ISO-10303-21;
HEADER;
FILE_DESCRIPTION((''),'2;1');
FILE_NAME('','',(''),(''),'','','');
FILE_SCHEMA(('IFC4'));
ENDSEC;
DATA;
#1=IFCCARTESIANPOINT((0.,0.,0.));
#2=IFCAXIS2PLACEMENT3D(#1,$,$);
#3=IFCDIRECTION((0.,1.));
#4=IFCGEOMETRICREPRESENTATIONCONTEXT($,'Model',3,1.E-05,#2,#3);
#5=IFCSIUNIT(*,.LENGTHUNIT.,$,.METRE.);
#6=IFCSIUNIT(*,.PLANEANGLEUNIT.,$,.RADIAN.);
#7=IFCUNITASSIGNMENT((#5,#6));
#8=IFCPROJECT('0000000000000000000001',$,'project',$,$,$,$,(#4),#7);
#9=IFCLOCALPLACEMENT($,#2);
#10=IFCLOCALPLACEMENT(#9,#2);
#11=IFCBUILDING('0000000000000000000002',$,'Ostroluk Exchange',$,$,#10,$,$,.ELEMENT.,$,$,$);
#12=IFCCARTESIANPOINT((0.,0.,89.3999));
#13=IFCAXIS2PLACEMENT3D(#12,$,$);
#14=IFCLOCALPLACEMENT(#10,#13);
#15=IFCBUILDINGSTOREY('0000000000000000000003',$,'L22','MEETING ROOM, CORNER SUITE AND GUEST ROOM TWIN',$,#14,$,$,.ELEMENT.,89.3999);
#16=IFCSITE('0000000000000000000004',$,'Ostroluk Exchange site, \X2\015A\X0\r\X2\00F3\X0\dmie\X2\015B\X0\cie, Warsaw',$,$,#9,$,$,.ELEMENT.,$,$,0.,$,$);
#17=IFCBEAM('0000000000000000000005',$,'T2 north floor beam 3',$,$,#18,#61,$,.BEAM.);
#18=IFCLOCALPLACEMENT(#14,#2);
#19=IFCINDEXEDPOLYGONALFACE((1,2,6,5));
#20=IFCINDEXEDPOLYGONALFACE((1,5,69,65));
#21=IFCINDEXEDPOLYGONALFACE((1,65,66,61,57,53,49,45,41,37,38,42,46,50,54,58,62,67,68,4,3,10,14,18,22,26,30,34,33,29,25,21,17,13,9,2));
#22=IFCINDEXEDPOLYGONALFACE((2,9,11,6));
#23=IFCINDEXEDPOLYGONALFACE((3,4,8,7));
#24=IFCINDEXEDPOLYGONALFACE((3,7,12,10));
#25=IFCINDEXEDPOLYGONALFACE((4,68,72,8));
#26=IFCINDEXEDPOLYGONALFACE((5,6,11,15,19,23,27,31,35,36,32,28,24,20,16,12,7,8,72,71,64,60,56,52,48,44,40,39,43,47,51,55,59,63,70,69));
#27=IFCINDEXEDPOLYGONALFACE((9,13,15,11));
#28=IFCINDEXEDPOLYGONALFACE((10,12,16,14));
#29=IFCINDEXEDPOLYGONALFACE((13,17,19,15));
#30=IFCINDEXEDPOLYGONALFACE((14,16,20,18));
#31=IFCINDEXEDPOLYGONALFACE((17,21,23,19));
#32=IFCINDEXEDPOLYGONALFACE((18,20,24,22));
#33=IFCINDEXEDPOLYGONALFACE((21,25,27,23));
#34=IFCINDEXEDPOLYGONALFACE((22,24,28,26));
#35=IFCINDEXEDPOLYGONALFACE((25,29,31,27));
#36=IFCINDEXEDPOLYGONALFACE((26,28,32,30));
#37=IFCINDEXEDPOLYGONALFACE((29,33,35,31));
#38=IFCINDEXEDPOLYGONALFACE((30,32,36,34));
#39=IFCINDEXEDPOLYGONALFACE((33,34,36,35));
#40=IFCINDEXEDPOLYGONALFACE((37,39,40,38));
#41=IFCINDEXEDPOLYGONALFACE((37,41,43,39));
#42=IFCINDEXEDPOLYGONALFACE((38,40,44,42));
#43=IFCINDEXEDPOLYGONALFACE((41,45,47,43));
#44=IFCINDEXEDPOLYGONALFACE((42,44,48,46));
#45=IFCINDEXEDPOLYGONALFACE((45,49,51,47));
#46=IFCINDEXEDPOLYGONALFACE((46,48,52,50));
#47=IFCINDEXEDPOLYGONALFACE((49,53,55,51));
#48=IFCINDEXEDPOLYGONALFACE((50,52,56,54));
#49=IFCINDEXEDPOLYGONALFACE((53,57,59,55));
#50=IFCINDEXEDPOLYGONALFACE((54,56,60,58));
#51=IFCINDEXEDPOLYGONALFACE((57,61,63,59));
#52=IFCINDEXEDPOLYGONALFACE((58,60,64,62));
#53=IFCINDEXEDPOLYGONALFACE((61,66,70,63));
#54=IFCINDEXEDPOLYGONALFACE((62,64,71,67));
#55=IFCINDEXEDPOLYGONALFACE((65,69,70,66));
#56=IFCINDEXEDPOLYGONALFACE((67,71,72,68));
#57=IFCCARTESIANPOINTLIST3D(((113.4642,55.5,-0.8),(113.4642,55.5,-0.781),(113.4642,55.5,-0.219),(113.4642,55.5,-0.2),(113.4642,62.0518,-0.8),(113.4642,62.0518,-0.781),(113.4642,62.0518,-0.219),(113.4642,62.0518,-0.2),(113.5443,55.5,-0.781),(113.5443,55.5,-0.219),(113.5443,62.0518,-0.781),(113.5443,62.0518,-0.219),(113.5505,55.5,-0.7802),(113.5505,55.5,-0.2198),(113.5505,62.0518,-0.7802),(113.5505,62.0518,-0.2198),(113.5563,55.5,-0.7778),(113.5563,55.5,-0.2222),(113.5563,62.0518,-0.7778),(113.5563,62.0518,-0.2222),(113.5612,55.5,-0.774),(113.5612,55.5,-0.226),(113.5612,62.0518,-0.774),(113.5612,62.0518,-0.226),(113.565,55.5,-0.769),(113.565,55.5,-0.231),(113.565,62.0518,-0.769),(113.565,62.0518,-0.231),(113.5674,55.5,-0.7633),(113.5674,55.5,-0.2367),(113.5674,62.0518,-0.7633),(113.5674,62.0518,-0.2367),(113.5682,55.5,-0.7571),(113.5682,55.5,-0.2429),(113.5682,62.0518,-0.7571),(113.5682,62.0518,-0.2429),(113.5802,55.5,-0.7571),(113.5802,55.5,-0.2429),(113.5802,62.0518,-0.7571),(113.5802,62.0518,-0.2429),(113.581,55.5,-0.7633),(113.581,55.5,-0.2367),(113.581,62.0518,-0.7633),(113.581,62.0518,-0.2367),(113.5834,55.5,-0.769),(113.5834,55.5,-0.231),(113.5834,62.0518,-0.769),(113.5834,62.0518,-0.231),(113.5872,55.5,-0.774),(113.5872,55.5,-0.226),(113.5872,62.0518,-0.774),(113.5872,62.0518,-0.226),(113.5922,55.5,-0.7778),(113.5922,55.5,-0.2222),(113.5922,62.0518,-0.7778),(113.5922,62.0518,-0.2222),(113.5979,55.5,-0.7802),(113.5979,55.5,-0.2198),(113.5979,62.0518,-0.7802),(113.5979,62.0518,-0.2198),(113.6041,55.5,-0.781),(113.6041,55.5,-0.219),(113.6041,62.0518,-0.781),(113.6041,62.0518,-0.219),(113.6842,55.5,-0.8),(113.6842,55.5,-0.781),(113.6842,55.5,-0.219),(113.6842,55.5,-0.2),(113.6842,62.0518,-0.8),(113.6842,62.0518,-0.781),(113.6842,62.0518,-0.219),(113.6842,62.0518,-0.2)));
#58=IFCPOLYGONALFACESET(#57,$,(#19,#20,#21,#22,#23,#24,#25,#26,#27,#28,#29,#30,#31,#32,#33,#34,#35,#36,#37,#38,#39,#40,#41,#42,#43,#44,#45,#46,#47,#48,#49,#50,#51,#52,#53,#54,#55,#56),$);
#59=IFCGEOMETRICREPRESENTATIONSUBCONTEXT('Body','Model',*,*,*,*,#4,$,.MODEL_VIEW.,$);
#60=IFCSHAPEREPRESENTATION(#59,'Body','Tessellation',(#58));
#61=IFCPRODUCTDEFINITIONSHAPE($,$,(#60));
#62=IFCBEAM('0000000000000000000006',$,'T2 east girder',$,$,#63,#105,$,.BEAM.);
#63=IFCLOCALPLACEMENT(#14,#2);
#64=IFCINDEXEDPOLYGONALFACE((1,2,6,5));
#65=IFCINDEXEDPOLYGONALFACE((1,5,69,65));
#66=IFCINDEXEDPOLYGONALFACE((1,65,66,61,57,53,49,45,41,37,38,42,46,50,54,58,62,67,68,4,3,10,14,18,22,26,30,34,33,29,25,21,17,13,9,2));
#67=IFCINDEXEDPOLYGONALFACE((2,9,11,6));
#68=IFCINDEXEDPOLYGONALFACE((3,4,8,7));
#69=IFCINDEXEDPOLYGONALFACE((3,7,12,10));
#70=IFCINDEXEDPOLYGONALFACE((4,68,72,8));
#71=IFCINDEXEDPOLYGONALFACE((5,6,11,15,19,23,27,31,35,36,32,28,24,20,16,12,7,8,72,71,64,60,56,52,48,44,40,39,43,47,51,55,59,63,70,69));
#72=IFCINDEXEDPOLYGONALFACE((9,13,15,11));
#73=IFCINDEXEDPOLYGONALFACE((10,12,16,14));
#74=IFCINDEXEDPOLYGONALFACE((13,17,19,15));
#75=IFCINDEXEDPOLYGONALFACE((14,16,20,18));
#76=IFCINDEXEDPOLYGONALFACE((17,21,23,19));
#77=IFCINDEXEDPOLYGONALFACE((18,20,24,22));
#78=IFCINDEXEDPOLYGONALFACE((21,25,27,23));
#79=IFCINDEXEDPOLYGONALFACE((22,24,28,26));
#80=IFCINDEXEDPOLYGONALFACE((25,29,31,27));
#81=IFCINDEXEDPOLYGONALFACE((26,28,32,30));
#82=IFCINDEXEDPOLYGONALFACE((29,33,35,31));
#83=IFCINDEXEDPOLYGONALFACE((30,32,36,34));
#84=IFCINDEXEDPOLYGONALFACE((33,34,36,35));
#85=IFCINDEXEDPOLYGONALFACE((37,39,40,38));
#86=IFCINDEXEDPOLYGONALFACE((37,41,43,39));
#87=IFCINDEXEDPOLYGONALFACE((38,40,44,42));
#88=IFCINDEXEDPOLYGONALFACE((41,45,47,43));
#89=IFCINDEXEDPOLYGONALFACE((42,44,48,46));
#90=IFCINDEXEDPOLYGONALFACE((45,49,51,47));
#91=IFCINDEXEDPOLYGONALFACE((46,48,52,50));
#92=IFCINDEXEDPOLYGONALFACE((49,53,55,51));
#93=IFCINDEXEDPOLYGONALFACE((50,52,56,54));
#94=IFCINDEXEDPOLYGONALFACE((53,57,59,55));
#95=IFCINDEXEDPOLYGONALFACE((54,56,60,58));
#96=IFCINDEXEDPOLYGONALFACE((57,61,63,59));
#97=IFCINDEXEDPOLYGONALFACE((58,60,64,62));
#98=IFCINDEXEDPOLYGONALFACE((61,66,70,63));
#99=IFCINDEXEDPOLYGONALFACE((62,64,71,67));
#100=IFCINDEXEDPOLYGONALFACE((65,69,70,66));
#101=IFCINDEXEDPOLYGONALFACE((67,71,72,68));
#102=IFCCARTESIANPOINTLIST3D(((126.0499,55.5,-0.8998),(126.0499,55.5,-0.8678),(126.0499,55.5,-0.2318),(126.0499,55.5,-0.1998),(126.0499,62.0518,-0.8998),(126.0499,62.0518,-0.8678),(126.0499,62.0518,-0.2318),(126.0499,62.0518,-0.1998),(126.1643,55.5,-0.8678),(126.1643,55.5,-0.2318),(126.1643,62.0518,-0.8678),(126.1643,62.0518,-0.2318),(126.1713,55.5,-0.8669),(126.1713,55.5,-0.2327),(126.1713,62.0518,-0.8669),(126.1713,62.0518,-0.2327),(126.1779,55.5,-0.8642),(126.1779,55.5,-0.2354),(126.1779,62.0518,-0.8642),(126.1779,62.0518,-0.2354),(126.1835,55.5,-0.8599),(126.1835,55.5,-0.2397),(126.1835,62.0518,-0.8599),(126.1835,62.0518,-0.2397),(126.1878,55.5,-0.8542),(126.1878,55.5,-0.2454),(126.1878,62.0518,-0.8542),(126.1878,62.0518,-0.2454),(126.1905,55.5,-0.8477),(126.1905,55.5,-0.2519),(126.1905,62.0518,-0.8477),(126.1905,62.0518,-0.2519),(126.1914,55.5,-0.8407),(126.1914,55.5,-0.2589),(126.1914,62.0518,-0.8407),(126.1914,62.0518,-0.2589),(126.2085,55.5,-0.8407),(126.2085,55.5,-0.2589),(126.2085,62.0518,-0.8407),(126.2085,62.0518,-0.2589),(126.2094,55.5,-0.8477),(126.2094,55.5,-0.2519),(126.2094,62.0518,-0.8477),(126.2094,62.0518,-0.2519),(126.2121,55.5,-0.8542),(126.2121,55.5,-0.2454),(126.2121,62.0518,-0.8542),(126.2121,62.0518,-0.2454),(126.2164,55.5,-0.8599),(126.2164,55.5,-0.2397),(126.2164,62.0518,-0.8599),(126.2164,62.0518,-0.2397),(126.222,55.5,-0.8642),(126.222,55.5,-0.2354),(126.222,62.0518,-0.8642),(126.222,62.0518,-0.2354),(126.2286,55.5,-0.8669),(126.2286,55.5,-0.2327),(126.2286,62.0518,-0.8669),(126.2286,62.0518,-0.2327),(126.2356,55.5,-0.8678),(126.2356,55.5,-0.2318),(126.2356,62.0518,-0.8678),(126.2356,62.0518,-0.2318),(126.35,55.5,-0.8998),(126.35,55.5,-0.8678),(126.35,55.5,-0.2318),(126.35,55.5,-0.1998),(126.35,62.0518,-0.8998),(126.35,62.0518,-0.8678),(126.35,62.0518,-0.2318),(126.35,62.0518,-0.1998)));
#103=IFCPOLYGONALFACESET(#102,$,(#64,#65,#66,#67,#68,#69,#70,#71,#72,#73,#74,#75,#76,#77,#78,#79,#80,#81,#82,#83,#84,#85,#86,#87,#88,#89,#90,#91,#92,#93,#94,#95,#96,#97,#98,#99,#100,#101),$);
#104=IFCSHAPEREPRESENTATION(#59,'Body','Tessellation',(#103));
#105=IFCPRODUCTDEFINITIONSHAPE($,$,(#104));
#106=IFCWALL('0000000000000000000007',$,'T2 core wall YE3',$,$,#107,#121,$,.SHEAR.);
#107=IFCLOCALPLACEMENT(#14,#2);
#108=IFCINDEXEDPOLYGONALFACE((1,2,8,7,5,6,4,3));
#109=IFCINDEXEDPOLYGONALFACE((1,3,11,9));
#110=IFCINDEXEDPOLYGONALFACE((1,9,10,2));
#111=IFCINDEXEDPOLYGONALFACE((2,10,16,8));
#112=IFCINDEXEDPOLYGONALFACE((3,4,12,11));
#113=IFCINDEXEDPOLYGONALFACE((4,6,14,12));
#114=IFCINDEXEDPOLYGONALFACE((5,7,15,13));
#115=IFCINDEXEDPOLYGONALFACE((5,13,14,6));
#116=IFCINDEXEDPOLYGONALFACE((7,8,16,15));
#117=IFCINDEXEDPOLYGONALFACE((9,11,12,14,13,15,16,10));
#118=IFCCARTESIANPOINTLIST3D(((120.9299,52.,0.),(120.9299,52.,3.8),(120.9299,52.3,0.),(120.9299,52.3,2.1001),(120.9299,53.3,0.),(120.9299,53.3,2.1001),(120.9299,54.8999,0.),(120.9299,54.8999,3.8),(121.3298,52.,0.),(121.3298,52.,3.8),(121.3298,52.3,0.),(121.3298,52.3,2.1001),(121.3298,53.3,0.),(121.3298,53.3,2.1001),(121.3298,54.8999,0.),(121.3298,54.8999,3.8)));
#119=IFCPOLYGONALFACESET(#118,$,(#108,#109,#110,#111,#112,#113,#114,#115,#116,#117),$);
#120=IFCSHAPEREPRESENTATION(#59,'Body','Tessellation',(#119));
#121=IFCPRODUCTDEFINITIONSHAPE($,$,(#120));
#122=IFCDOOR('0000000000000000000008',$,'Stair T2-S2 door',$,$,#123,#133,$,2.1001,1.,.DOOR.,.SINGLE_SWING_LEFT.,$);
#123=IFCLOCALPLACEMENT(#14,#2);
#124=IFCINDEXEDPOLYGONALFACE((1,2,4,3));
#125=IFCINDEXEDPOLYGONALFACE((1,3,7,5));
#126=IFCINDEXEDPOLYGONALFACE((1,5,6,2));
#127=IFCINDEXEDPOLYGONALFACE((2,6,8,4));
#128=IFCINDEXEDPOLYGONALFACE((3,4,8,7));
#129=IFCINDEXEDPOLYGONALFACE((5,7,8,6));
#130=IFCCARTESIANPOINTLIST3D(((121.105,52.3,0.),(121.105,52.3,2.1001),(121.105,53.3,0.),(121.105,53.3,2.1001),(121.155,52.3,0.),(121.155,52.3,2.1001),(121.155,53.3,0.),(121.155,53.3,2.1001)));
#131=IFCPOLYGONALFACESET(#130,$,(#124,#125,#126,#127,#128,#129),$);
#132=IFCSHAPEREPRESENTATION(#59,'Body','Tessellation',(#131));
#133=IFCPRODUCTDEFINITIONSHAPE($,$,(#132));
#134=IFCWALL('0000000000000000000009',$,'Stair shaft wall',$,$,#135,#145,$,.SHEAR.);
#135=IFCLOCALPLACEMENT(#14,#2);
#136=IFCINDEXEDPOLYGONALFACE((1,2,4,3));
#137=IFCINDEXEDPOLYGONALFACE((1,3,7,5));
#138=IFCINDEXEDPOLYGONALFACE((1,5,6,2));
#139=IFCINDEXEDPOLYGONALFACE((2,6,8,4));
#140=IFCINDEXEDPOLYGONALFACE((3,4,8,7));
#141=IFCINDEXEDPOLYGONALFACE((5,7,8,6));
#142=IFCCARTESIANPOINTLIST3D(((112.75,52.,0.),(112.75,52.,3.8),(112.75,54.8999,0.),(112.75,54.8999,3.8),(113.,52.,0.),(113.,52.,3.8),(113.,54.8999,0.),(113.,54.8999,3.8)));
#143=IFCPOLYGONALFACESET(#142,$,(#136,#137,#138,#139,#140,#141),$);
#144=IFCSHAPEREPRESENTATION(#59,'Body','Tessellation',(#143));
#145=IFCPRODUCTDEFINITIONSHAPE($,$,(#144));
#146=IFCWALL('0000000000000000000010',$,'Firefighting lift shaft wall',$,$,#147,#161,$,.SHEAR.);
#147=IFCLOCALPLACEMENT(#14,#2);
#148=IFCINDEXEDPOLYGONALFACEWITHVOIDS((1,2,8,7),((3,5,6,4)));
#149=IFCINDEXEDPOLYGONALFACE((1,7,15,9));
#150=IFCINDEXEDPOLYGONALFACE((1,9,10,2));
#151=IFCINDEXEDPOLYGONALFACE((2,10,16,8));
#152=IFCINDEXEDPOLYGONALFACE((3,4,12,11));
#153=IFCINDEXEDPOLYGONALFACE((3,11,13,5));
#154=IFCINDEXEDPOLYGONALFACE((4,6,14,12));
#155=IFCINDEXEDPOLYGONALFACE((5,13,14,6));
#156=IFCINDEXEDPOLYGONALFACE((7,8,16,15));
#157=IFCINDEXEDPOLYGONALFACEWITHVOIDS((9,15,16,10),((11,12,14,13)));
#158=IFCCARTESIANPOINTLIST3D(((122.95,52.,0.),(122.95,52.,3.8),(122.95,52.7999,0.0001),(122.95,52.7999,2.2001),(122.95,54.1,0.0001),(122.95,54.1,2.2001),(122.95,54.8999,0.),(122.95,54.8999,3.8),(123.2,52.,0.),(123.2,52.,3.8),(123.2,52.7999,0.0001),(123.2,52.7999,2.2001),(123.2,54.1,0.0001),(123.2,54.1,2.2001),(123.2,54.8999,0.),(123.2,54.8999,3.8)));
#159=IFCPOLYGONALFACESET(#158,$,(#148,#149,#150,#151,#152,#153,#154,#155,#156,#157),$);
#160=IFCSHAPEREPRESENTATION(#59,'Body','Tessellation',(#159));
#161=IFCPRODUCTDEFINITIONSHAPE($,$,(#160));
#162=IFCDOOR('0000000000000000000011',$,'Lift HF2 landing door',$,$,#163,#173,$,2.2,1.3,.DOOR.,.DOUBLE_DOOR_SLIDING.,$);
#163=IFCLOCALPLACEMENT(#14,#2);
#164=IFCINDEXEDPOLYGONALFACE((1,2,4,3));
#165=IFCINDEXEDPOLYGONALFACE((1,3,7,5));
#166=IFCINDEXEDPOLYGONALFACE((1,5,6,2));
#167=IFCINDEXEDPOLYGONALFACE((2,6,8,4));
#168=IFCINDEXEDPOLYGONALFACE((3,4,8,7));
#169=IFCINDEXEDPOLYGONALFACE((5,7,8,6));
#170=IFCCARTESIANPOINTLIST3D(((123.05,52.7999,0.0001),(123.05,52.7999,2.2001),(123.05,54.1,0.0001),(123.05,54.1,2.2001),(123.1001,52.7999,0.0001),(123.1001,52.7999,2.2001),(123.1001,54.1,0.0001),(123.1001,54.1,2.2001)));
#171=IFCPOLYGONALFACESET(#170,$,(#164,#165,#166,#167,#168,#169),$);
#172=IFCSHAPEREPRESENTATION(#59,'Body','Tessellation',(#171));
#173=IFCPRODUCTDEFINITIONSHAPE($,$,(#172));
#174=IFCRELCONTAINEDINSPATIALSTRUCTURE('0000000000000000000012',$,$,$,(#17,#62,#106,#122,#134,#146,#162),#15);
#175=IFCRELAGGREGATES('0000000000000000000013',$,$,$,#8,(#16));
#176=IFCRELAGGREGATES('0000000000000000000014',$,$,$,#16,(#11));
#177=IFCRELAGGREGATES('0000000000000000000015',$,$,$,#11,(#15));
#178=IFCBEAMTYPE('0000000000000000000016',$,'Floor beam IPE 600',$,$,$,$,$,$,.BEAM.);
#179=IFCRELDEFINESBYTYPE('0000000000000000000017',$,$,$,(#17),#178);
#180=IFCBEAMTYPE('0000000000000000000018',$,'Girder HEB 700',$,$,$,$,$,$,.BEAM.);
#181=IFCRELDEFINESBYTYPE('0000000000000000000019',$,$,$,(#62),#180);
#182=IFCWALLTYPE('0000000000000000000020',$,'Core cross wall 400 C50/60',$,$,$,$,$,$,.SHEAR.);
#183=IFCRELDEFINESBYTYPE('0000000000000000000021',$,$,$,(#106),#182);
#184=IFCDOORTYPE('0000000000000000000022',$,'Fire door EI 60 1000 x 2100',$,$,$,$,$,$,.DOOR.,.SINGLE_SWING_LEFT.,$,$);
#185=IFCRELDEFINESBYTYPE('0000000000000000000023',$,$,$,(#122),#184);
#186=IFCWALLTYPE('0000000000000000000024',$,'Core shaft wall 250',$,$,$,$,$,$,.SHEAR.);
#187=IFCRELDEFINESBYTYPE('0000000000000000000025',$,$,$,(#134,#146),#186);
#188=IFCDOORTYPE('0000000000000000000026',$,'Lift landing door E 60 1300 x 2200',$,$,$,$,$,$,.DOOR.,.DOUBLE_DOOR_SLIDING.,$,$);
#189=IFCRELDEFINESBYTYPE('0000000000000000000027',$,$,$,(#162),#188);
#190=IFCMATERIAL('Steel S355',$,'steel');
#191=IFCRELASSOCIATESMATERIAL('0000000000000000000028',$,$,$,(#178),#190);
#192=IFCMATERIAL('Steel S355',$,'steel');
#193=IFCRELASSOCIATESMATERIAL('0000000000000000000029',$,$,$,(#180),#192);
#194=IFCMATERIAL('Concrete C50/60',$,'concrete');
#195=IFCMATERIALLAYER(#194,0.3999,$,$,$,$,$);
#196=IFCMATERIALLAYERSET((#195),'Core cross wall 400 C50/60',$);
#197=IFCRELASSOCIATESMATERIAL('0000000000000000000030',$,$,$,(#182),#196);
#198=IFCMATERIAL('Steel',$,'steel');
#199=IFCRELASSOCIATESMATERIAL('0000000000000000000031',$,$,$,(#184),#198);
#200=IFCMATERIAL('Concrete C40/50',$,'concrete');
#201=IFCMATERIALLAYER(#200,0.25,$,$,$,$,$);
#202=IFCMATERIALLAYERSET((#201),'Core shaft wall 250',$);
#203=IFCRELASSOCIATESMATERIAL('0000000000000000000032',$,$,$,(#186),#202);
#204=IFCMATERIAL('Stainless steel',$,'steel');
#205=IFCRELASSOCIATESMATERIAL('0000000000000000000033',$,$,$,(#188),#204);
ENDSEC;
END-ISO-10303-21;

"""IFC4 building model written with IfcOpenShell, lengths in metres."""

from ifc_helpers import new_model, si_unit, direction, frame, frame_2d, origin, origin_2d, place, context, subcontext, project, spatial, rectangle, i_section, extrude, material, layer, layer_set, material_profile, profile_set, type_object, element, fill, save


model = new_model("IFC4")

# Units and contexts
model_context = context("Model", 3, precision=1e-05, world=origin(), true_north=direction((0.0, 1.0)))
body_context = subcontext(model_context, "Body", "Model", "MODEL_VIEW")
ifc_project = project(units=[si_unit("LENGTHUNIT", "METRE"), si_unit("PLANEANGLEUNIT", "RADIAN")], contexts=[model_context])

# Site, building, storey
site_placement = place(None, origin())
site = spatial("IfcSite", under=ifc_project, at=site_placement, Name="Ostroluk Exchange site, Śródmieście, Warsaw", CompositionType="ELEMENT", RefElevation=0.0)
building_placement = place(site_placement, origin())
building = spatial("IfcBuilding", under=site, at=building_placement, Name="Ostroluk Exchange", CompositionType="ELEMENT")
storey_placement = place(building_placement, frame((0.0, 0.0, 89.3999)))
storey = spatial("IfcBuildingStorey", under=building, at=storey_placement, Name="L22", Description="MEETING ROOM, CORNER SUITE AND GUEST ROOM TWIN", CompositionType="ELEMENT", Elevation=89.3999)

# Beams
ifc_material_1 = material(Name="Steel S355", Category="steel")
ifc_material_profile_1 = material_profile(ifc_material_1, i_section(OverallWidth=0.22, OverallDepth=0.6001, WebThickness=0.012, FlangeThickness=0.019, FilletRadius=0.0239, at=origin_2d()), Name="IPE 600")
ifc_profile_set_1 = profile_set([ifc_material_profile_1], Name="Steel S355")
beam_type_1 = type_object("IfcBeamType", Name="Floor beam IPE 600", PredefinedType="BEAM", material=ifc_profile_set_1)
for number, where, z_axis, x_axis, name in (
    (1, (113.5742, 55.5, -0.5), (0.0, 1.0, 0.0), (-1.0, 0.0, 0.0), "T2 north floor beam 3"),
):
    element("IfcBeam", number, at=place(storey_placement, frame(where, z_axis=z_axis, x_axis=x_axis)), inside=storey, type_object=beam_type_1, Name=name, PredefinedType="BEAM", context=body_context, shape_type="SweptSolid", body=[
        extrude(i_section(OverallWidth=0.22, OverallDepth=0.6001, WebThickness=0.012, FlangeThickness=0.019, FilletRadius=0.0239, at=origin_2d()), origin(), (0.0, 0.0, 1.0), 6.5518),
    ])
ifc_material_2 = material(Name="Steel S355", Category="steel")
ifc_material_profile_2 = material_profile(ifc_material_2, i_section(OverallWidth=0.3, OverallDepth=0.7, WebThickness=0.0171, FlangeThickness=0.032, FilletRadius=0.0271, at=origin_2d()), Name="HEB 700")
ifc_profile_set_2 = profile_set([ifc_material_profile_2], Name="Steel S355")
beam_type_2 = type_object("IfcBeamType", Name="Girder HEB 700", PredefinedType="BEAM", material=ifc_profile_set_2)
beam_placement = place(storey_placement, frame((126.2, 55.5, -0.5498), z_axis=(0.0, 1.0, 0.0), x_axis=(-1.0, 0.0, 0.0)))
element("IfcBeam", 2, at=beam_placement, inside=storey, type_object=beam_type_2, Name="T2 east girder", PredefinedType="BEAM", context=body_context, shape_type="SweptSolid", body=[
    extrude(i_section(OverallWidth=0.3, OverallDepth=0.7, WebThickness=0.0171, FlangeThickness=0.032, FilletRadius=0.0271, at=origin_2d()), origin(), (0.0, 0.0, 1.0), 6.5518),
])

# Wall, opening, door
ifc_material_3 = material(Name="Concrete C50/60", Category="concrete")
ifc_layer_1 = layer(ifc_material_3, 0.3999)
ifc_layer_set_1 = layer_set([ifc_layer_1], Name="Core cross wall 400 C50/60")
wall_type_1 = type_object("IfcWallType", Name="Core cross wall 400 C50/60", PredefinedType="SHEAR", material=ifc_layer_set_1)
wall_1_placement = place(storey_placement, frame((121.1299, 52.0, 0.0), z_axis=(0.0, 0.0, 1.0), x_axis=(0.0, 1.0, 0.0)))
wall_1 = element("IfcWall", 3, at=wall_1_placement, inside=storey, type_object=wall_type_1, Name="T2 core wall YE3", PredefinedType="SHEAR", context=body_context, shape_type="SweptSolid", body=[
    extrude(rectangle(XDim=2.8999, YDim=0.3999, at=frame_2d((1.45, 0.0))), origin(), (0.0, 0.0, 1.0), 3.8),
])
opening_1_placement = place(wall_1_placement, frame((0.3, 0.0, 0.0)))
opening_1 = element("IfcOpeningElement", 4, at=opening_1_placement, cuts=wall_1, PredefinedType="OPENING", context=body_context, shape_type="SweptSolid", body=[
    extrude(rectangle(XDim=1.0, YDim=2.1001, at=frame_2d((0.5, 1.05))), frame((0.0, 0.21, 0.0), z_axis=(0.0, -1.0, 0.0), x_axis=(1.0, 0.0, 0.0)), (0.0, 0.0, 1.0), 0.4199),
])
ifc_material_4 = material(Name="Steel", Category="steel")
door_type_1 = type_object("IfcDoorType", Name="Fire door EI 60 1000 x 2100", OperationType="SINGLE_SWING_LEFT", PredefinedType="DOOR", material=ifc_material_4)
door_1_placement = place(opening_1_placement, origin())
door_1 = element("IfcDoor", 5, at=door_1_placement, inside=storey, type_object=door_type_1, Name="Stair T2-S2 door", OperationType="SINGLE_SWING_LEFT", OverallHeight=2.1001, OverallWidth=1.0, PredefinedType="DOOR", context=body_context, shape_type="SweptSolid", body=[
    extrude(rectangle(XDim=1.0, YDim=2.1001, at=frame_2d((0.5, 1.05))), frame((0.0, 0.0249, 0.0), z_axis=(0.0, -1.0, 0.0), x_axis=(1.0, 0.0, 0.0)), (0.0, 0.0, 1.0), 0.05),
])
fill(opening_1, door_1)

# Wall
ifc_material_5 = material(Name="Concrete C40/50", Category="concrete")
ifc_layer_2 = layer(ifc_material_5, 0.25)
ifc_layer_set_2 = layer_set([ifc_layer_2], Name="Core shaft wall 250")
wall_type_2 = type_object("IfcWallType", Name="Core shaft wall 250", PredefinedType="SHEAR", material=ifc_layer_set_2)
wall_2_placement = place(storey_placement, frame((112.875, 52.0, 0.0), z_axis=(0.0, 0.0, 1.0), x_axis=(0.0, 1.0, 0.0)))
element("IfcWall", 6, at=wall_2_placement, inside=storey, type_object=wall_type_2, Name="Stair shaft wall", PredefinedType="SHEAR", context=body_context, shape_type="SweptSolid", body=[
    extrude(rectangle(XDim=2.8999, YDim=0.25, at=frame_2d((1.45, 0.0))), origin(), (0.0, 0.0, 1.0), 3.8),
])

# Wall, opening, door
wall_3_placement = place(storey_placement, frame((123.075, 52.0, 0.0), z_axis=(0.0, 0.0, 1.0), x_axis=(0.0, 1.0, 0.0)))
wall_3 = element("IfcWall", 7, at=wall_3_placement, inside=storey, type_object=wall_type_2, Name="Firefighting lift shaft wall", PredefinedType="SHEAR", context=body_context, shape_type="SweptSolid", body=[
    extrude(rectangle(XDim=2.8999, YDim=0.25, at=frame_2d((1.45, 0.0))), origin(), (0.0, 0.0, 1.0), 3.8),
])
opening_2_placement = place(wall_3_placement, frame((0.8, 0.0, 0.0)))
opening_2 = element("IfcOpeningElement", 8, at=opening_2_placement, cuts=wall_3, PredefinedType="OPENING", context=body_context, shape_type="SweptSolid", body=[
    extrude(rectangle(XDim=1.3, YDim=2.2, at=frame_2d((0.6499, 1.1001))), frame((0.0, 0.135, 0.0), z_axis=(0.0, -1.0, 0.0), x_axis=(1.0, 0.0, 0.0)), (0.0, 0.0, 1.0), 0.27),
])
ifc_material_6 = material(Name="Stainless steel", Category="steel")
door_type_2 = type_object("IfcDoorType", Name="Lift landing door E 60 1300 x 2200", OperationType="DOUBLE_DOOR_SLIDING", PredefinedType="DOOR", material=ifc_material_6)
door_2_placement = place(opening_2_placement, origin())
door_2 = element("IfcDoor", 9, at=door_2_placement, inside=storey, type_object=door_type_2, Name="Lift HF2 landing door", OperationType="DOUBLE_DOOR_SLIDING", OverallHeight=2.2, OverallWidth=1.3, PredefinedType="DOOR", context=body_context, shape_type="SweptSolid", body=[
    extrude(rectangle(XDim=1.3, YDim=2.2, at=frame_2d((0.6499, 1.1001))), frame((0.0, 0.0249, 0.0), z_axis=(0.0, -1.0, 0.0), x_axis=(1.0, 0.0, 0.0)), (0.0, 0.0, 1.0), 0.05),
])
fill(opening_2, door_2)

save(model, "model.ifc")
